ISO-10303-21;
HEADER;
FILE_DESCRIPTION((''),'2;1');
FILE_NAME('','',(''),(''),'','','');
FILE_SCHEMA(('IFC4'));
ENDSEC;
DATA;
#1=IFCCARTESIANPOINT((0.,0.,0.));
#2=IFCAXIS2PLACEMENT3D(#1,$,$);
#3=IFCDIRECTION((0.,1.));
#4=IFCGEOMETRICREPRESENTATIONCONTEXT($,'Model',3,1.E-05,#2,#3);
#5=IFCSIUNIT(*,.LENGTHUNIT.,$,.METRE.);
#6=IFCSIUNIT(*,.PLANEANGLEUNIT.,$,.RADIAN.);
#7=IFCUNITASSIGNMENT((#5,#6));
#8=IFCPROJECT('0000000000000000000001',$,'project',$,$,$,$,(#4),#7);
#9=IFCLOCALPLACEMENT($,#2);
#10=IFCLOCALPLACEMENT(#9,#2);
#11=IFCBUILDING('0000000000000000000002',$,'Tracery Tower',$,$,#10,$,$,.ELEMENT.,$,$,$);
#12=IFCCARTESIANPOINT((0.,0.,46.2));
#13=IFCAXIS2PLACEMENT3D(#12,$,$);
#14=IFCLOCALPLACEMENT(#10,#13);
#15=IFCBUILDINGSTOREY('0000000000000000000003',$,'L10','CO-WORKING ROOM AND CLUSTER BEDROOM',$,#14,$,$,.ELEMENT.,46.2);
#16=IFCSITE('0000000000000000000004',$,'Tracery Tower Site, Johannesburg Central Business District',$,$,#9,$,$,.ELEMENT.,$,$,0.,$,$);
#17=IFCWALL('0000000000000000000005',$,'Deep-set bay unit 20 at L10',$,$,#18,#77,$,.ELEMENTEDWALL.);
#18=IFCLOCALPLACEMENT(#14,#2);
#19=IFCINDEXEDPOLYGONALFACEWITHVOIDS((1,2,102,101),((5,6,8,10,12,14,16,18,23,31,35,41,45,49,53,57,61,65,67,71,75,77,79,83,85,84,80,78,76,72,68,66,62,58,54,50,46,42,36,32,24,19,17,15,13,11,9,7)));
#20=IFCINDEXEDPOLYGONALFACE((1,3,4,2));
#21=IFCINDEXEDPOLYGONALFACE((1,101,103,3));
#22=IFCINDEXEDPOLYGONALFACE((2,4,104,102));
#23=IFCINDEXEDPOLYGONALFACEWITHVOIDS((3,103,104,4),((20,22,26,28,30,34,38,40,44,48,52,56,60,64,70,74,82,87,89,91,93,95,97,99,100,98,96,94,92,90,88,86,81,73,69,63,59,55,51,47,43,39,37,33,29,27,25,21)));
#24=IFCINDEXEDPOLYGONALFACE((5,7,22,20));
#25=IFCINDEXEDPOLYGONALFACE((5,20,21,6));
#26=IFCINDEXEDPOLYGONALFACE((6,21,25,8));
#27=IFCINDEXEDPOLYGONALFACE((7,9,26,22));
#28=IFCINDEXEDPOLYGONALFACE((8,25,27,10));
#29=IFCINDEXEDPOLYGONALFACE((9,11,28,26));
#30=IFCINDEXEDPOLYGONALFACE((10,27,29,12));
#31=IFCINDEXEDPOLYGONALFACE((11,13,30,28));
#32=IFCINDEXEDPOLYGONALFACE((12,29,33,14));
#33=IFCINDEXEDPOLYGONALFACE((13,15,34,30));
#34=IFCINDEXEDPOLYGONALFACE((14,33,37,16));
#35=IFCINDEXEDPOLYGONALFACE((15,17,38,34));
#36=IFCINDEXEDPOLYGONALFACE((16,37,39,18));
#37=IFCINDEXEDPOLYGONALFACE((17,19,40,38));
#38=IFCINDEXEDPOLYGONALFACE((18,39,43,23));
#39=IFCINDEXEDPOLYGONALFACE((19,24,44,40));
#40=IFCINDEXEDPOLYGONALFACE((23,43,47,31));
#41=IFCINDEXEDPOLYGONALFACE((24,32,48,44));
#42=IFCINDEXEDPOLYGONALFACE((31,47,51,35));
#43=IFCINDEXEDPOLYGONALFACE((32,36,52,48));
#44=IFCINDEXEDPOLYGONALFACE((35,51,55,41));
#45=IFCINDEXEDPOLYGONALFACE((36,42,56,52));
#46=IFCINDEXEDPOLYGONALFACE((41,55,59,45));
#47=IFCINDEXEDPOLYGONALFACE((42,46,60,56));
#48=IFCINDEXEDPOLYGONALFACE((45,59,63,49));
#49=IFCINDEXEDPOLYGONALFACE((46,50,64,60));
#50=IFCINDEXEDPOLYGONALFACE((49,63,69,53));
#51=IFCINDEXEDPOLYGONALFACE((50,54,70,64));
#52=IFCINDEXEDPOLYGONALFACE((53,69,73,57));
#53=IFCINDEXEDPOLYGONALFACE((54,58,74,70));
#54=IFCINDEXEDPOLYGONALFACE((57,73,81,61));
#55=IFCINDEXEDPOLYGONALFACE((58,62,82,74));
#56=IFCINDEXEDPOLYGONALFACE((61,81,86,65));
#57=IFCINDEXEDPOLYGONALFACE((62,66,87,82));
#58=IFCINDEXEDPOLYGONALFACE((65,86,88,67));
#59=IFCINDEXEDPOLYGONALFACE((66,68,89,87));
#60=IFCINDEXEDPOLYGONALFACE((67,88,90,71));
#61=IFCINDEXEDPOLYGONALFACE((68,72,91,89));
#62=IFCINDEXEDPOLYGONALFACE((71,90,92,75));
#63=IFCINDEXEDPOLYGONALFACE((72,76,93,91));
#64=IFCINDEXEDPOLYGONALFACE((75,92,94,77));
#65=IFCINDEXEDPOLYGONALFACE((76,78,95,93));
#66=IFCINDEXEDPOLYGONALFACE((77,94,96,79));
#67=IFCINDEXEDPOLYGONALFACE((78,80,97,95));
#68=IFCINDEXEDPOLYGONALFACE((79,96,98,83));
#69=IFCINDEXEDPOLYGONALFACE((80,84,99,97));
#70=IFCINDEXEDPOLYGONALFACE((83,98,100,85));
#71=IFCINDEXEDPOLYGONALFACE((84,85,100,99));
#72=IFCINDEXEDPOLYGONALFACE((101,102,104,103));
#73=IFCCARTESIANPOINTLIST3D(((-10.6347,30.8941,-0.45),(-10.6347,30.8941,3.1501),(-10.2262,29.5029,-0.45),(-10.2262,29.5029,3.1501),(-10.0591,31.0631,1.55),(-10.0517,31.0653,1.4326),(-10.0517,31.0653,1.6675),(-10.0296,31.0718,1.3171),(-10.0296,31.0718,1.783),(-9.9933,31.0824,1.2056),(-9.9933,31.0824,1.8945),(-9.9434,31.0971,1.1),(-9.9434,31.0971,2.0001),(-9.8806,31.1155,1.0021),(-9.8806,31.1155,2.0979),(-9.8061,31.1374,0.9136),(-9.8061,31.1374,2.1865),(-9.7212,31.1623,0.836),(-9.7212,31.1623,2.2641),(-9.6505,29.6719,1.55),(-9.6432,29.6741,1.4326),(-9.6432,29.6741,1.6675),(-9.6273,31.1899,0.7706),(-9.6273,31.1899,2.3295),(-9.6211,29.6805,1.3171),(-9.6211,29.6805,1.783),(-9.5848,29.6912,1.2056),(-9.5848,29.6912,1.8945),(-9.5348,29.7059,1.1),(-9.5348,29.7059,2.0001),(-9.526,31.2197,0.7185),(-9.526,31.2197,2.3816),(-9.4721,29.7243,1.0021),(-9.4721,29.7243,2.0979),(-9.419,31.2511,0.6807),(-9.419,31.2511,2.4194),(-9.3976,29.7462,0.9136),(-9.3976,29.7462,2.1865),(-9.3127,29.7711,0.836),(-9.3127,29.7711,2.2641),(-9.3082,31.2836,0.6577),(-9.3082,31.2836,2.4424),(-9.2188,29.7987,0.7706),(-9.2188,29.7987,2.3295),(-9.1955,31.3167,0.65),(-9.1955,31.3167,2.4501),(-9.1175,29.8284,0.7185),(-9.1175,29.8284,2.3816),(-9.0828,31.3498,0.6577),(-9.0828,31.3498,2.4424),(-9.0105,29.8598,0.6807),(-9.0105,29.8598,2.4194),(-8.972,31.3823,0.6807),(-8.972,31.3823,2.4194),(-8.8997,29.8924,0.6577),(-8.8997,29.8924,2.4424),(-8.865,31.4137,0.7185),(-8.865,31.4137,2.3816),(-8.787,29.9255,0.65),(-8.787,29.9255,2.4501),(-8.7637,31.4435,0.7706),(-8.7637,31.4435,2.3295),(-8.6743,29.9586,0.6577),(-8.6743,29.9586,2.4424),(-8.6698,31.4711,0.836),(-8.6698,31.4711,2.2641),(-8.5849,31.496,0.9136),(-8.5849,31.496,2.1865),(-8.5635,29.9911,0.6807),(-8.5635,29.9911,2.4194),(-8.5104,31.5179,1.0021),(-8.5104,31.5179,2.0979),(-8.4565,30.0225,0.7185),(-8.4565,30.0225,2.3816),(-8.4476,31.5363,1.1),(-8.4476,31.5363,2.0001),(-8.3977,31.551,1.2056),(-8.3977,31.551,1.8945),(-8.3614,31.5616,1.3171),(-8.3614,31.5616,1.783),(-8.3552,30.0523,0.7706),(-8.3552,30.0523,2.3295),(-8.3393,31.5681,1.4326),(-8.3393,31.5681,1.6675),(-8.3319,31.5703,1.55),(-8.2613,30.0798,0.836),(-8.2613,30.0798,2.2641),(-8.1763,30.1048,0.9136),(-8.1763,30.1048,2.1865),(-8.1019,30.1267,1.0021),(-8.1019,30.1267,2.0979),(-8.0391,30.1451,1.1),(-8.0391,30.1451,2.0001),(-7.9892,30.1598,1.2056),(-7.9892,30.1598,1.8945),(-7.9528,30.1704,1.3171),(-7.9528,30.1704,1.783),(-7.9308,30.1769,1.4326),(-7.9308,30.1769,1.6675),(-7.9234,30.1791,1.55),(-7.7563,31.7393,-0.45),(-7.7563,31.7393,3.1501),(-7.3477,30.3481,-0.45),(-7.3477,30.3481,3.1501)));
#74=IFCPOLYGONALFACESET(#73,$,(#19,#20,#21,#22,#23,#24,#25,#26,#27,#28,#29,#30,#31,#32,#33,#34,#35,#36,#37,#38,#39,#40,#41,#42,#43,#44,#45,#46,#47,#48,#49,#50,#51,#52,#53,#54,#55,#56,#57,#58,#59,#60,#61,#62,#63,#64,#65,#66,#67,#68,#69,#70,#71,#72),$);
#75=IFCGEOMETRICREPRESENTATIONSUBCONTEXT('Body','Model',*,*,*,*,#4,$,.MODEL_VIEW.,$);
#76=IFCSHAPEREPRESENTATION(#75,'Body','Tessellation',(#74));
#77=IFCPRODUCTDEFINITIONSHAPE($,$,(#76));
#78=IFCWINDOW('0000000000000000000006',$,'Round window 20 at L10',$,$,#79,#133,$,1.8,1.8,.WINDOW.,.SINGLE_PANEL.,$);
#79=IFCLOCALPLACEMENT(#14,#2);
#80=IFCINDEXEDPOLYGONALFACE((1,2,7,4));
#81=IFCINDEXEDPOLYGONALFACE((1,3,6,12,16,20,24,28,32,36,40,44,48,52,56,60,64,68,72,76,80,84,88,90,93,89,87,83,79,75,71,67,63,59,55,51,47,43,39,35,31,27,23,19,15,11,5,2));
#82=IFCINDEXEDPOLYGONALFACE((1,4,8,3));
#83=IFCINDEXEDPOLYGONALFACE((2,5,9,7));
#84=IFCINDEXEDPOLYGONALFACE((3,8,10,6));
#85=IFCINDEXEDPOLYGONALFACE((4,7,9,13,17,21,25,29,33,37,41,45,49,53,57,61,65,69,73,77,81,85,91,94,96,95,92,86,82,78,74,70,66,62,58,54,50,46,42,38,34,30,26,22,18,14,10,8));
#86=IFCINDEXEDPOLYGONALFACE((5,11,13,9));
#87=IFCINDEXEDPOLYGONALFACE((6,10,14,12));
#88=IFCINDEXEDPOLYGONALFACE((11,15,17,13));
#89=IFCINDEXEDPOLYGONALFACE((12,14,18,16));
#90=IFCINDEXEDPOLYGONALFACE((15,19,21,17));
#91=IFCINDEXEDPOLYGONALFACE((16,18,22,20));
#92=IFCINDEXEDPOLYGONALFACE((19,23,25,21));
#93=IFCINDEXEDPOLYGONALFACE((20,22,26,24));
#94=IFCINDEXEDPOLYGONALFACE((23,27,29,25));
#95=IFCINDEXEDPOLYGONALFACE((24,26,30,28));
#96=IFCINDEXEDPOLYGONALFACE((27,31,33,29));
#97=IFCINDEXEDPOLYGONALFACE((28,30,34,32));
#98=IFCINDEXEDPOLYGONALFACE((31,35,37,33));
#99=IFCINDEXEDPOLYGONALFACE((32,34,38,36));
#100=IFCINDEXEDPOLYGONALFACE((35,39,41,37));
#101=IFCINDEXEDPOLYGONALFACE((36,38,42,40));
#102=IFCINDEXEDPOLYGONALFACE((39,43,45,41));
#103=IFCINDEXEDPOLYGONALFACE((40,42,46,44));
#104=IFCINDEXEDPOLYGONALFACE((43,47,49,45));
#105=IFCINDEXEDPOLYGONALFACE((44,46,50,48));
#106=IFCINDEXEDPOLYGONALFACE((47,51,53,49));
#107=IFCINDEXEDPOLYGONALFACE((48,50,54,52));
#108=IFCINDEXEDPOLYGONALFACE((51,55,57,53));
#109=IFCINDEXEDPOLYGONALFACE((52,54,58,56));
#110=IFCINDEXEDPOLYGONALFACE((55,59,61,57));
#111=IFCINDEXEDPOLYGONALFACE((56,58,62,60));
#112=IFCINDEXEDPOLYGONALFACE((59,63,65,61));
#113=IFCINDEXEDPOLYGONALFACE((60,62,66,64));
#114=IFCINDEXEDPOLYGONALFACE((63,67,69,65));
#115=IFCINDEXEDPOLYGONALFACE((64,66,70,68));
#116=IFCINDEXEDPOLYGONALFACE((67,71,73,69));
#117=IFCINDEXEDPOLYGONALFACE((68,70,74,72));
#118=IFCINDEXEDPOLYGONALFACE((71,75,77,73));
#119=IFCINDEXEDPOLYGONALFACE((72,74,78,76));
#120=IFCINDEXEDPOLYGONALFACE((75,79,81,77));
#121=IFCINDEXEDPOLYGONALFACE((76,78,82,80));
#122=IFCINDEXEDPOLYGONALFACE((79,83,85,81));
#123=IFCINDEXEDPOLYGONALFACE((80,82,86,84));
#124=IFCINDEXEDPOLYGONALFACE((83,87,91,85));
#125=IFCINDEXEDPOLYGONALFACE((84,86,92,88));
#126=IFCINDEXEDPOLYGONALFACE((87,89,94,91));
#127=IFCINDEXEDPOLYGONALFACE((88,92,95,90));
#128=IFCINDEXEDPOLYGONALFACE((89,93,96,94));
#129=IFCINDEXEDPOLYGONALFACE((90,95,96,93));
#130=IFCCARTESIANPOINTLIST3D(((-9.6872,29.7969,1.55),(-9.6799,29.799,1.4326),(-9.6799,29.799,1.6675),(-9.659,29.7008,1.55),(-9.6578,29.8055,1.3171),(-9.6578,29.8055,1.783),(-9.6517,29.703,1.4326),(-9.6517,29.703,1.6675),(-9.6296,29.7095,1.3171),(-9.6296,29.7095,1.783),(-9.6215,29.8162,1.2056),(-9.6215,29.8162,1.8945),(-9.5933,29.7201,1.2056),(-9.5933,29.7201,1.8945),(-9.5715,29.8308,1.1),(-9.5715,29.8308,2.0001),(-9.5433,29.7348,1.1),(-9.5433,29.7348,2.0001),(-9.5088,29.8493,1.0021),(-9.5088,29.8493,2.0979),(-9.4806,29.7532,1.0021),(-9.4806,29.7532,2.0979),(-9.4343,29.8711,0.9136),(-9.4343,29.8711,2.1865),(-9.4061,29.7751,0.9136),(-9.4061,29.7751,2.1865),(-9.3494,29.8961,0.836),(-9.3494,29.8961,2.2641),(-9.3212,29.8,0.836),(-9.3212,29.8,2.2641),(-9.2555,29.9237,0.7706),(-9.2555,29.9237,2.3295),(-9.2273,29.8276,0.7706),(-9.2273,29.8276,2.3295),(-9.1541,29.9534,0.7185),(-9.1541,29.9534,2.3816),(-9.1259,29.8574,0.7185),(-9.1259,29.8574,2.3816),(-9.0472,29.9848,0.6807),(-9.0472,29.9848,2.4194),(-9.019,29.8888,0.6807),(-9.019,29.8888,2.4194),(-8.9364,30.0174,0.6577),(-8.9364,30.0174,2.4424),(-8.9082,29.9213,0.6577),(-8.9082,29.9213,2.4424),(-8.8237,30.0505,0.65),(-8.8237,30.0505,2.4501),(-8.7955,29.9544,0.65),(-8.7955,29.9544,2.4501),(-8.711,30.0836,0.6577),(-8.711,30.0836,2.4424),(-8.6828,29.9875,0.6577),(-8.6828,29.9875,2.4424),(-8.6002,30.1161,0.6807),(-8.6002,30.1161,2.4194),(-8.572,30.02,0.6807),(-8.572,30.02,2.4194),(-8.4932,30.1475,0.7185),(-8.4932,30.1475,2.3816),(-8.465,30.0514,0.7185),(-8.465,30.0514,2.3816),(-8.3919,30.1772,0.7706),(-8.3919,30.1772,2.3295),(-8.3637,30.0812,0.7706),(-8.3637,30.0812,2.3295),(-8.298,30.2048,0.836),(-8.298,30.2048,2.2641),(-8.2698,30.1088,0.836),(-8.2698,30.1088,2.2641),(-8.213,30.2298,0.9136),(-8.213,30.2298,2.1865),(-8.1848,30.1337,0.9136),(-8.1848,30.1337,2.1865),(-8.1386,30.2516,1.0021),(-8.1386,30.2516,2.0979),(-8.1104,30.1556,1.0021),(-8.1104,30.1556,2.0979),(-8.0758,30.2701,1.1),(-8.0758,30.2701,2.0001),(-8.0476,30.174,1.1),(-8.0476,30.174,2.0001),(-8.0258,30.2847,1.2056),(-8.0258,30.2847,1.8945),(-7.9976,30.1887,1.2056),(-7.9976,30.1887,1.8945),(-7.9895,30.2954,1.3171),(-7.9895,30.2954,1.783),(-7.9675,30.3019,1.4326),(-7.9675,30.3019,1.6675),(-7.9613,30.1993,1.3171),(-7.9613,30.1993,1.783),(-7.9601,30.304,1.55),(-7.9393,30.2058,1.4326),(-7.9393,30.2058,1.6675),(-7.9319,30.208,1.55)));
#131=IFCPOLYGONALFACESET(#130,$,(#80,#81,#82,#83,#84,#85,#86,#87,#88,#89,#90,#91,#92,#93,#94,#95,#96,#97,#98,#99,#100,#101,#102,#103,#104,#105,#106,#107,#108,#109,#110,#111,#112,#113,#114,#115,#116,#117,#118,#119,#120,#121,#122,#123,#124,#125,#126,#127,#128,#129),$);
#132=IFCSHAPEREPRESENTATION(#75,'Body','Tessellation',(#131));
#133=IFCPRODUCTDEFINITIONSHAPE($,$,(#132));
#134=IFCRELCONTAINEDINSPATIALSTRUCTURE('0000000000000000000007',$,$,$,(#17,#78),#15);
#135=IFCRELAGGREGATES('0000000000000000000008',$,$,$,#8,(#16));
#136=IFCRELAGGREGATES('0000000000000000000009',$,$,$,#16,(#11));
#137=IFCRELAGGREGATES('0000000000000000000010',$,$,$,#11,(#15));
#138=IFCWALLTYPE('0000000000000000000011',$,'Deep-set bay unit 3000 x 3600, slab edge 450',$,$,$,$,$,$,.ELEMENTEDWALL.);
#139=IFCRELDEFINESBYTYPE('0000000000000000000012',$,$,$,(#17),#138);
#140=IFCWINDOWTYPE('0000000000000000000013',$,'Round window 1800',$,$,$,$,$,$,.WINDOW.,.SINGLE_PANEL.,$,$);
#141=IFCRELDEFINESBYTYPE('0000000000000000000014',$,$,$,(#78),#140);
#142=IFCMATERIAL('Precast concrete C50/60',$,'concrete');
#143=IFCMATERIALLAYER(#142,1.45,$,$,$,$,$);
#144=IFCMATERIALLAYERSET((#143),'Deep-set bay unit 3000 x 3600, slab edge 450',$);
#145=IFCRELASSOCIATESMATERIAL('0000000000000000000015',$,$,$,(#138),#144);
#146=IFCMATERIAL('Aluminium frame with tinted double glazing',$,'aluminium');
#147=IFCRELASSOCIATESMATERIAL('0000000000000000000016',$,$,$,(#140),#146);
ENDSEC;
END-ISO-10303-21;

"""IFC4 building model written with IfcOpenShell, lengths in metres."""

from ifc_helpers import new_model, si_unit, direction, frame, frame_2d, origin, origin_2d, place, context, subcontext, project, spatial, rectangle, circle, extrude, material, layer, layer_set, type_object, element, fill, save


model = new_model("IFC4")

# Units and contexts
model_context = context("Model", 3, precision=1e-05, world=origin(), true_north=direction((0.0, 1.0)))
body_context = subcontext(model_context, "Body", "Model", "MODEL_VIEW")
ifc_project = project(units=[si_unit("LENGTHUNIT", "METRE"), si_unit("PLANEANGLEUNIT", "RADIAN")], contexts=[model_context])

# Site, building, storey
site_placement = place(None, origin())
site = spatial("IfcSite", under=ifc_project, at=site_placement, Name="Tracery Tower Site, Johannesburg Central Business District", CompositionType="ELEMENT", RefElevation=0.0)
building_placement = place(site_placement, origin())
building = spatial("IfcBuilding", under=site, at=building_placement, Name="Tracery Tower", CompositionType="ELEMENT")
storey_placement = place(building_placement, frame((0.0, 0.0, 46.2)))
storey = spatial("IfcBuildingStorey", under=building, at=storey_placement, Name="L10", Description="CO-WORKING ROOM AND CLUSTER BEDROOM", CompositionType="ELEMENT", Elevation=46.2)

# Wall, opening, window
ifc_material_1 = material(Name="Precast concrete C50/60", Category="concrete")
ifc_layer_1 = layer(ifc_material_1, 1.45)
ifc_layer_set_1 = layer_set([ifc_layer_1], Name="Deep-set bay unit 3000 x 3600, slab edge 450")
wall_type_1 = type_object("IfcWallType", Name="Deep-set bay unit 3000 x 3600, slab edge 450", PredefinedType="ELEMENTEDWALL", material=ifc_layer_set_1)
wall_1_placement = place(storey_placement, frame((-7.552, 31.0437, -0.45), z_axis=(0.0, 0.0, 1.0), x_axis=(-0.95949, -0.281743, 0.0)))
wall_1 = element("IfcWall", 1, at=wall_1_placement, inside=storey, type_object=wall_type_1, Name="Deep-set bay unit 20 at L10", PredefinedType="ELEMENTEDWALL", context=body_context, shape_type="SweptSolid", body=[
    extrude(rectangle(XDim=3.0, YDim=1.45, at=frame_2d((1.5, 0.0))), origin(), (0.0, 0.0, 1.0), 3.6001),
])
opening_1_placement = place(wall_1_placement, frame((1.5, 0.0, 2.0)))
opening_1 = element("IfcOpeningElement", 2, at=opening_1_placement, cuts=wall_1, PredefinedType="OPENING", context=body_context, shape_type="SweptSolid", body=[
    extrude(circle(Radius=0.9, at=origin_2d()), frame((0.0, 0.7349, 0.0), z_axis=(0.0, -1.0, 0.0), x_axis=(1.0, 0.0, 0.0)), (0.0, 0.0, 1.0), 1.47),
])
ifc_material_2 = material(Name="Aluminium frame with tinted double glazing", Category="aluminium")
window_type = type_object("IfcWindowType", Name="Round window 1800", PartitioningType="SINGLE_PANEL", PredefinedType="WINDOW", material=ifc_material_2)
window_1_placement = place(opening_1_placement, origin())
window_1 = element("IfcWindow", 3, at=window_1_placement, inside=storey, type_object=window_type, Name="Round window 20 at L10", OverallHeight=1.8, OverallWidth=1.8, PartitioningType="SINGLE_PANEL", PredefinedType="WINDOW", context=body_context, shape_type="SweptSolid", body=[
    extrude(circle(Radius=0.9, at=origin_2d()), frame((0.0, 0.6948, 0.0), z_axis=(0.0, -1.0, 0.0), x_axis=(1.0, 0.0, 0.0)), (0.0, 0.0, 1.0), 0.1001),
])
fill(opening_1, window_1)

save(model, "model.ifc")
